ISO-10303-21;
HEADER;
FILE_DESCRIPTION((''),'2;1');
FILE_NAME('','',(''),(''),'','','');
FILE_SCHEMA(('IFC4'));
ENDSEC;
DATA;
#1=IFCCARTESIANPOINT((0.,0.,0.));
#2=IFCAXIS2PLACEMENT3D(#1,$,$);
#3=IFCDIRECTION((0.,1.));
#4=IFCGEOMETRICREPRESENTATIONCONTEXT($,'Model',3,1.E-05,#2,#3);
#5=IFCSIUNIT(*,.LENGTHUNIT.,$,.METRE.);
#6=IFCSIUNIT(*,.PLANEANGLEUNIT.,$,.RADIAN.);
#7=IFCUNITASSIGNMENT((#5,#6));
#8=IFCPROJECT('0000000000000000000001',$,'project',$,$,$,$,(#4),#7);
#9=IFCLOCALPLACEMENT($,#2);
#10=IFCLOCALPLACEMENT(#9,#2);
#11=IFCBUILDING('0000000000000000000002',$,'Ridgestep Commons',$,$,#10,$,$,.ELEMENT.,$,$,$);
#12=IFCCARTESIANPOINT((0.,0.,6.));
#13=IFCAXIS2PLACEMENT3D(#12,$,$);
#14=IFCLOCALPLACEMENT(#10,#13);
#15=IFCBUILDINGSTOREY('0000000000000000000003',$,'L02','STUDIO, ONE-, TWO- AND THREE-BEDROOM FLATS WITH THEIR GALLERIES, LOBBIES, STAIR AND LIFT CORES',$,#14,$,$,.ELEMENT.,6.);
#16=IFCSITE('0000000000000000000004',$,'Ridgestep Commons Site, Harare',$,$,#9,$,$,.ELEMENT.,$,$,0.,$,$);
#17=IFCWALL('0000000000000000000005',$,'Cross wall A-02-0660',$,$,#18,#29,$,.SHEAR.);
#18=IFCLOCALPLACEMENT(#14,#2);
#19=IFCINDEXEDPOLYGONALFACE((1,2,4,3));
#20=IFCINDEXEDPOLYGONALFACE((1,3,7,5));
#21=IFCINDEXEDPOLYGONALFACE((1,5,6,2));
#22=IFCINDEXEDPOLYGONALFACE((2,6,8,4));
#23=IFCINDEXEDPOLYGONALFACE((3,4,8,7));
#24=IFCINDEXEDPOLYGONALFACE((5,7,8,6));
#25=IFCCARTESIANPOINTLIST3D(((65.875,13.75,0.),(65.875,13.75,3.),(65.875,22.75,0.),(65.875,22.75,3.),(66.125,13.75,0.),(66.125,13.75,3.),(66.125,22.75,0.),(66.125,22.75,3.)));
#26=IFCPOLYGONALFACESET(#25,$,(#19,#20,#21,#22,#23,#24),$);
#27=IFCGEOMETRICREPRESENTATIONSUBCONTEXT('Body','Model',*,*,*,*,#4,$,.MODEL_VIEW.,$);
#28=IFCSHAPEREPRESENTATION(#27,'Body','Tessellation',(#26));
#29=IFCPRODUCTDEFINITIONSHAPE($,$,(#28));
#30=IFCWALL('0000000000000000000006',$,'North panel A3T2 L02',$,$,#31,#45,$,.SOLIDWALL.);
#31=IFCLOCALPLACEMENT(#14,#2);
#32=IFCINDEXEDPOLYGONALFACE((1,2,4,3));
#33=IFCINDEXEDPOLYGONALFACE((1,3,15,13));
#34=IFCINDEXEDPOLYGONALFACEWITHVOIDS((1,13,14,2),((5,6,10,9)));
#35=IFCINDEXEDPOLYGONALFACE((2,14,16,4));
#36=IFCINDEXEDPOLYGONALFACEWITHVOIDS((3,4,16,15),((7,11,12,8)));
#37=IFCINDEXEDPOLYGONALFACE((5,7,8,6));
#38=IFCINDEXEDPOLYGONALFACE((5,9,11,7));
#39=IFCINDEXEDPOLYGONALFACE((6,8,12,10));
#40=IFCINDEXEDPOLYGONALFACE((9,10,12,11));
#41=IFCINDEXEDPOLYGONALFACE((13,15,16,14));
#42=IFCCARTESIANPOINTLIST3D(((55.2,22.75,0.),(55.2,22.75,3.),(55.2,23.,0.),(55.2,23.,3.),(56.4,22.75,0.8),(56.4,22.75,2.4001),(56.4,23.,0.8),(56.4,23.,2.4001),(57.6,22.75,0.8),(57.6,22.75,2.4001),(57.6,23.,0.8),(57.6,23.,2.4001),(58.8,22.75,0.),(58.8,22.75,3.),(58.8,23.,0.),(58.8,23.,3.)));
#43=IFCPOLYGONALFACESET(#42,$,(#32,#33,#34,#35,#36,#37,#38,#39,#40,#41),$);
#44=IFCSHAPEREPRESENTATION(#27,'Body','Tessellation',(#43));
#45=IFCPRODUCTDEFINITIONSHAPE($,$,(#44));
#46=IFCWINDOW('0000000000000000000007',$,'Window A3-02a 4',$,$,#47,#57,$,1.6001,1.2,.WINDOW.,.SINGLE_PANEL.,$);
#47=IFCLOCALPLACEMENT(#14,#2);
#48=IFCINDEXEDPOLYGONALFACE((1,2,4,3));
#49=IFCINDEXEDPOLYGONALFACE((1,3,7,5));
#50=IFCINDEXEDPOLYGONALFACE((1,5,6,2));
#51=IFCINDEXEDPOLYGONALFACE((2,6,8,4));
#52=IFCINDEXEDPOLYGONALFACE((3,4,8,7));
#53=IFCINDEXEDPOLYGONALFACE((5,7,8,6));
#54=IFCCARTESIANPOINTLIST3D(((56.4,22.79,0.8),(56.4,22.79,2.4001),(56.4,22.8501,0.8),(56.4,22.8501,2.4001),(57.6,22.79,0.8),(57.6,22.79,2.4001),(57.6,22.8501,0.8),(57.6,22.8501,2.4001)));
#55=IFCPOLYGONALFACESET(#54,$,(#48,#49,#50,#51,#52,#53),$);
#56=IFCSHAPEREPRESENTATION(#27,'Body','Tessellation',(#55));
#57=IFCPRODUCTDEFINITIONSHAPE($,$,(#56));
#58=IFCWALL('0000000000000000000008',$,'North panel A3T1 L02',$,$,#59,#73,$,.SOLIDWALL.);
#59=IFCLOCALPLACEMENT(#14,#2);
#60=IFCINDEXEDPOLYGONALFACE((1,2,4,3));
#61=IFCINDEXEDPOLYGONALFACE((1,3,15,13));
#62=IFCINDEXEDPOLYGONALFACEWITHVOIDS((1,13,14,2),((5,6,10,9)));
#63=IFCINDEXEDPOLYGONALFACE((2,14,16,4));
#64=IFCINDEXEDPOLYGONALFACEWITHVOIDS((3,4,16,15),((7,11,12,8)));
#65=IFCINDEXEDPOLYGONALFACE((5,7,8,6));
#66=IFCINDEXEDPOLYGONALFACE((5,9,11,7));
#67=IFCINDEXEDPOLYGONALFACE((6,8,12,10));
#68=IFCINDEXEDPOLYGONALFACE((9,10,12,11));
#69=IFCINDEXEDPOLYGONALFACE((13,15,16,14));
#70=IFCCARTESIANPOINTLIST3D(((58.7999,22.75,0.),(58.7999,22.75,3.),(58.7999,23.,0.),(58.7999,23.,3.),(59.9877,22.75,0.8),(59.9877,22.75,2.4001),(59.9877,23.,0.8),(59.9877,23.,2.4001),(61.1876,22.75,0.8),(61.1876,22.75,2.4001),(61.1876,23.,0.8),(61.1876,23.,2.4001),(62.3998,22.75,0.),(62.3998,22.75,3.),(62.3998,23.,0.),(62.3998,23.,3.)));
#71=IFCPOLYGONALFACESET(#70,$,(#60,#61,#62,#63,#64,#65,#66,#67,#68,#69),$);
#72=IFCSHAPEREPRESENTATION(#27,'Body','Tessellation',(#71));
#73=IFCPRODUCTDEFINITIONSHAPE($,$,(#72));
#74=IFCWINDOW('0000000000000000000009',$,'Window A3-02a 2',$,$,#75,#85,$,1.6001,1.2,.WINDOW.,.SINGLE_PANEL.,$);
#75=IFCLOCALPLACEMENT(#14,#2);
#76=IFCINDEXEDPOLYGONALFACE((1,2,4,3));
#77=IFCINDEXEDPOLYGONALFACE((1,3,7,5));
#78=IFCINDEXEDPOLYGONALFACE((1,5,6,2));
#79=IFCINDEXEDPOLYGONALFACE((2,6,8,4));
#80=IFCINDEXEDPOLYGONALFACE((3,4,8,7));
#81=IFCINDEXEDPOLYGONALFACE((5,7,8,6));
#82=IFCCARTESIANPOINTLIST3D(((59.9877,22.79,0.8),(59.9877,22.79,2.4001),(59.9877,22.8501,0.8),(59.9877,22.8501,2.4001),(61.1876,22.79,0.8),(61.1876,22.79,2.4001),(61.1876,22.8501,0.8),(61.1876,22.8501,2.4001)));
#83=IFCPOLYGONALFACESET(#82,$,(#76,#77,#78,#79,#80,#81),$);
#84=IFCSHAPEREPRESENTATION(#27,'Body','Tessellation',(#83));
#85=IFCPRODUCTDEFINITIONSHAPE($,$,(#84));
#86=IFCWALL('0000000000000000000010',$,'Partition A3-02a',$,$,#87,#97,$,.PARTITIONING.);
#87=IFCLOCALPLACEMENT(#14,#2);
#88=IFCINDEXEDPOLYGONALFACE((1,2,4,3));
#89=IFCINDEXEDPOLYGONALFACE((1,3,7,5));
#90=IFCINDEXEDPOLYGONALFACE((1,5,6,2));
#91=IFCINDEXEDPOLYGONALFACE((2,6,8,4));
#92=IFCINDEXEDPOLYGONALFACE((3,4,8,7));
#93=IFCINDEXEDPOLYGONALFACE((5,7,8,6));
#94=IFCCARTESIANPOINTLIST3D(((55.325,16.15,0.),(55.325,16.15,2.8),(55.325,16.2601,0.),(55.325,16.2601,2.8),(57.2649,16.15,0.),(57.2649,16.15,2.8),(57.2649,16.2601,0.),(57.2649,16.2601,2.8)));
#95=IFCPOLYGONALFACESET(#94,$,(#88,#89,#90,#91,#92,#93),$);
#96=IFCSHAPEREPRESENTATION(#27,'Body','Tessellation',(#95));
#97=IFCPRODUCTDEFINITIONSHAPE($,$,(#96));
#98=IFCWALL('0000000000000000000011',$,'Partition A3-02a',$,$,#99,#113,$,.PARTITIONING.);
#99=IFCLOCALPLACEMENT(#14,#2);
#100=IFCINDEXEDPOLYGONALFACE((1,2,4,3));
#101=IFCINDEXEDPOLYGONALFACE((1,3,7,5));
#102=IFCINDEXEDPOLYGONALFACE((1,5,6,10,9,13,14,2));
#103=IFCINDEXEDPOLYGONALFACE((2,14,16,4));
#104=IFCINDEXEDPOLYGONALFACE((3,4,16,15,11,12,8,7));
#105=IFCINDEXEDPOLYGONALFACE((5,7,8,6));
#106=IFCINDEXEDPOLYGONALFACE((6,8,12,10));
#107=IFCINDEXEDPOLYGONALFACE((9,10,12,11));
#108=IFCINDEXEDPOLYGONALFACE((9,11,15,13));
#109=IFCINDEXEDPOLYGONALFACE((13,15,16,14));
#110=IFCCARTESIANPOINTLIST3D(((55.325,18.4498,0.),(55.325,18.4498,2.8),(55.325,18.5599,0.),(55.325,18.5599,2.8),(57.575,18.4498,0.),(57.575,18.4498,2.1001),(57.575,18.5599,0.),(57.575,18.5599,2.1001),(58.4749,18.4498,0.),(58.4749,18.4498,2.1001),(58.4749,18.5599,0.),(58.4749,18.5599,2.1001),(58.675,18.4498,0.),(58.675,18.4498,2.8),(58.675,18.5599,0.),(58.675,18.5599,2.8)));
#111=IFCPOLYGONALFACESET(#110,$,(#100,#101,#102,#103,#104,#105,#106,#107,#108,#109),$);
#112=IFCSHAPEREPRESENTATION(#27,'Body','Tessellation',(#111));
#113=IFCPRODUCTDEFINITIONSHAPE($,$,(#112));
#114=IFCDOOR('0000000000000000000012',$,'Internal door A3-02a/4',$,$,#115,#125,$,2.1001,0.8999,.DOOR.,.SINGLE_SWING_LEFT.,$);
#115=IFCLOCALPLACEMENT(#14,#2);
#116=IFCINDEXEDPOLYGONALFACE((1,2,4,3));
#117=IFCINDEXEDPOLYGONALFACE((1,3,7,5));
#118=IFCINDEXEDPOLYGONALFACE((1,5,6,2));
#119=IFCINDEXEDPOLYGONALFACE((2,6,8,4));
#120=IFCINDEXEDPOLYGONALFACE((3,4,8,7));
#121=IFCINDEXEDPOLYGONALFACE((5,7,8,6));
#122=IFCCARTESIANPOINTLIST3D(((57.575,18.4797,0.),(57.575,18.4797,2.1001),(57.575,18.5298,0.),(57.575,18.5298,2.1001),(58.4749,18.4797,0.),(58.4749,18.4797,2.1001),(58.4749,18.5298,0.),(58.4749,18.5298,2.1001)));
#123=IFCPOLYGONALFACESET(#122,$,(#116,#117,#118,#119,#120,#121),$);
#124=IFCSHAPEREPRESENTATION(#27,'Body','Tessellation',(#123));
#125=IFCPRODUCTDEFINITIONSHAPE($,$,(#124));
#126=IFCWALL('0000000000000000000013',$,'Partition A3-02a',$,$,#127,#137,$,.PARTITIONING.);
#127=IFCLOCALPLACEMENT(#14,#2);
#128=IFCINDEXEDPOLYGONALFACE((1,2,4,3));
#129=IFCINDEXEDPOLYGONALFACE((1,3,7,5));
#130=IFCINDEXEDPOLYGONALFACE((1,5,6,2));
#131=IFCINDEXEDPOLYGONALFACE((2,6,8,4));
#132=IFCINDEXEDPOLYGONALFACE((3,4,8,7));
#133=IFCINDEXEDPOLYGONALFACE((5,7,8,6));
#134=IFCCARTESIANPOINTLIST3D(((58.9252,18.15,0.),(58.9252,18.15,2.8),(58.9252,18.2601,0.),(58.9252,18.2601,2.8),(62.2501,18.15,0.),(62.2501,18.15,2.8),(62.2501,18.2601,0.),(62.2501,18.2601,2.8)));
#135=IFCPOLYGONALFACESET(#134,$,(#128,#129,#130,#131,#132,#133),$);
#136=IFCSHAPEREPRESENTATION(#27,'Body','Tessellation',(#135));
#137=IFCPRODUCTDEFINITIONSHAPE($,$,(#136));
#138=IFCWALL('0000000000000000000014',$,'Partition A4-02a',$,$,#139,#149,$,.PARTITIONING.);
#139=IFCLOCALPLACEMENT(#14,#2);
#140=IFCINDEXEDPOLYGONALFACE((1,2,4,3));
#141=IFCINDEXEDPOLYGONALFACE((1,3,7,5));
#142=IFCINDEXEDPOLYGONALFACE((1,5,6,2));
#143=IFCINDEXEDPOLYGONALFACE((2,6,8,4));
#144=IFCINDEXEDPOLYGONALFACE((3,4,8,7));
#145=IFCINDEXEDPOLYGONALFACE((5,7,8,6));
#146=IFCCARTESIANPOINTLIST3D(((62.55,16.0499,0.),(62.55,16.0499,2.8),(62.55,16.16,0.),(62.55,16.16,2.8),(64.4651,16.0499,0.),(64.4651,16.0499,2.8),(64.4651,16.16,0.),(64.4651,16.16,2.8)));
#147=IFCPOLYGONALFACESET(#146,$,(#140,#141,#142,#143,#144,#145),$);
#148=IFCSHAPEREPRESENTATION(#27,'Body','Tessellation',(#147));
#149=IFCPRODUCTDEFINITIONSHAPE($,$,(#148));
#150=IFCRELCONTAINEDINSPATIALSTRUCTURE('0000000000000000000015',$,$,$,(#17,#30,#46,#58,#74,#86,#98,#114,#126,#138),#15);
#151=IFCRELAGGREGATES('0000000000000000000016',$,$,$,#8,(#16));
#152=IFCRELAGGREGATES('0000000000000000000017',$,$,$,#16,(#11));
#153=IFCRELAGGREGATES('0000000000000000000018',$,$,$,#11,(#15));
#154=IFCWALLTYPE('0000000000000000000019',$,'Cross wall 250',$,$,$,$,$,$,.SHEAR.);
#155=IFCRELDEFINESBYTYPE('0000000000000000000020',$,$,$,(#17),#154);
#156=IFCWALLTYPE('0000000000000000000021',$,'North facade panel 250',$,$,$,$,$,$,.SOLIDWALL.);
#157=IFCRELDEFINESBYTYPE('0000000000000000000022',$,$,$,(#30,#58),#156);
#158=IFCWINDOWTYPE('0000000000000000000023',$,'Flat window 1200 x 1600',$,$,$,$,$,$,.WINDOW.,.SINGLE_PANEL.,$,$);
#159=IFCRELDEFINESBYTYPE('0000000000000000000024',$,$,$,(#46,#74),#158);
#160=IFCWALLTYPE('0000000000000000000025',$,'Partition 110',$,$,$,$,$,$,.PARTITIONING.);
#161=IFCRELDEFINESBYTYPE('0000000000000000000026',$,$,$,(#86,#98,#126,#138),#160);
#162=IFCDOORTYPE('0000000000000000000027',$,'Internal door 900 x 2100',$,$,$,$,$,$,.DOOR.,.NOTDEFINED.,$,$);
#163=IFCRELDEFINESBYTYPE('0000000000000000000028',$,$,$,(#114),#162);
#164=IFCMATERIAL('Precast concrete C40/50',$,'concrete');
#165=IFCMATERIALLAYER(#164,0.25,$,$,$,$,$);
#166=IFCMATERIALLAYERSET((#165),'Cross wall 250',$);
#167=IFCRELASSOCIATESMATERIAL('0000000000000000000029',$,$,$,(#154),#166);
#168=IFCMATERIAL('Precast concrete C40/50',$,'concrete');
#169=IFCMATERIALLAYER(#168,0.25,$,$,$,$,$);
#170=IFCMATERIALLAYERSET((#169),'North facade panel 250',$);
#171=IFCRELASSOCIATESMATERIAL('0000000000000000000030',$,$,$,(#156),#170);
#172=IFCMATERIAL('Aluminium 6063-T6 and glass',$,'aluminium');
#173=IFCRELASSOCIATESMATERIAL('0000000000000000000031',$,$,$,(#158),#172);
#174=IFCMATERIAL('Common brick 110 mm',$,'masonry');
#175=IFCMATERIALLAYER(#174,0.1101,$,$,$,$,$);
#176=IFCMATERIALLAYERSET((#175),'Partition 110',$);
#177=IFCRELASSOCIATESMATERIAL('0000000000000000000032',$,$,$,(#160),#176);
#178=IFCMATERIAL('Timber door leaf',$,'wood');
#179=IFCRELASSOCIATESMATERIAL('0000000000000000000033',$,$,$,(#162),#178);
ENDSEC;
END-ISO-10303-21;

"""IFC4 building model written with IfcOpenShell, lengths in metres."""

from ifc_helpers import new_model, si_unit, direction, frame, frame_2d, origin, place, context, subcontext, project, spatial, rectangle, extrude, material, layer, layer_set, type_object, element, fill, save


model = new_model("IFC4")

# Units and contexts
model_context = context("Model", 3, precision=1e-05, world=origin(), true_north=direction((0.0, 1.0)))
body_context = subcontext(model_context, "Body", "Model", "MODEL_VIEW")
ifc_project = project(units=[si_unit("LENGTHUNIT", "METRE"), si_unit("PLANEANGLEUNIT", "RADIAN")], contexts=[model_context])

# Site, building, storey
site_placement = place(None, origin())
site = spatial("IfcSite", under=ifc_project, at=site_placement, Name="Ridgestep Commons Site, Harare", CompositionType="ELEMENT", RefElevation=0.0)
building_placement = place(site_placement, origin())
building = spatial("IfcBuilding", under=site, at=building_placement, Name="Ridgestep Commons", CompositionType="ELEMENT")
storey_placement = place(building_placement, frame((0.0, 0.0, 6.0)))
storey = spatial("IfcBuildingStorey", under=building, at=storey_placement, Name="L02", Description="STUDIO, ONE-, TWO- AND THREE-BEDROOM FLATS WITH THEIR GALLERIES, LOBBIES, STAIR AND LIFT CORES", CompositionType="ELEMENT", Elevation=6.0)

# Wall
ifc_material_1 = material(Name="Precast concrete C40/50", Category="concrete")
ifc_layer_1 = layer(ifc_material_1, 0.25)
ifc_layer_set_1 = layer_set([ifc_layer_1], Name="Cross wall 250")
wall_type_1 = type_object("IfcWallType", Name="Cross wall 250", PredefinedType="SHEAR", material=ifc_layer_set_1)
wall_1_placement = place(storey_placement, frame((66.0, 13.75, 0.0), z_axis=(0.0, 0.0, 1.0), x_axis=(0.0, 1.0, 0.0)))
element("IfcWall", 1, at=wall_1_placement, inside=storey, type_object=wall_type_1, Name="Cross wall A-02-0660", PredefinedType="SHEAR", context=body_context, shape_type="SweptSolid", body=[
    extrude(rectangle(XDim=9.0, YDim=0.25, at=frame_2d((4.5, 0.0))), origin(), (0.0, 0.0, 1.0), 3.0),
])

# Walls, openings, windows
ifc_material_2 = material(Name="Precast concrete C40/50", Category="concrete")
ifc_layer_2 = layer(ifc_material_2, 0.25)
ifc_layer_set_2 = layer_set([ifc_layer_2], Name="North facade panel 250")
wall_type_2 = type_object("IfcWallType", Name="North facade panel 250", PredefinedType="SOLIDWALL", material=ifc_layer_set_2)
wall_2_placement = place(storey_placement, frame((55.2, 22.875, 0.0), z_axis=(0.0, 0.0, 1.0), x_axis=(1.0, 0.0, 0.0)))
wall_2 = element("IfcWall", 2, at=wall_2_placement, inside=storey, type_object=wall_type_2, Name="North panel A3T2 L02", PredefinedType="SOLIDWALL", context=body_context, shape_type="SweptSolid", body=[
    extrude(rectangle(XDim=3.6001, YDim=0.25, at=frame_2d((1.8, 0.0))), origin(), (0.0, 0.0, 1.0), 3.0),
])
opening_1_placement = place(wall_2_placement, frame((1.2, 0.0, 0.8)))
opening_1 = element("IfcOpeningElement", 3, at=opening_1_placement, cuts=wall_2, PredefinedType="OPENING", context=body_context, shape_type="SweptSolid", body=[
    extrude(rectangle(XDim=1.2, YDim=1.6001, at=frame_2d((0.6001, 0.8))), frame((0.0, 0.135, 0.0), z_axis=(0.0, -1.0, 0.0), x_axis=(1.0, 0.0, 0.0)), (0.0, 0.0, 1.0), 0.27),
])
ifc_material_3 = material(Name="Aluminium 6063-T6 and glass", Category="aluminium")
window_type = type_object("IfcWindowType", Name="Flat window 1200 x 1600", PartitioningType="SINGLE_PANEL", PredefinedType="WINDOW", material=ifc_material_3)
window_1_placement = place(opening_1_placement, origin())
window_1 = element("IfcWindow", 4, at=window_1_placement, inside=storey, type_object=window_type, Name="Window A3-02a 4", OverallHeight=1.6001, OverallWidth=1.2, PartitioningType="SINGLE_PANEL", PredefinedType="WINDOW", context=body_context, shape_type="SweptSolid", body=[
    extrude(rectangle(XDim=1.2, YDim=1.6001, at=frame_2d((0.6001, 0.8))), frame((0.0, -0.0249, 0.0), z_axis=(0.0, -1.0, 0.0), x_axis=(1.0, 0.0, 0.0)), (0.0, 0.0, 1.0), 0.0601),
])
fill(opening_1, window_1)
wall_3_placement = place(storey_placement, frame((58.8, 22.875, 0.0), z_axis=(0.0, 0.0, 1.0), x_axis=(1.0, 0.0, 0.0)))
wall_3 = element("IfcWall", 5, at=wall_3_placement, inside=storey, type_object=wall_type_2, Name="North panel A3T1 L02", PredefinedType="SOLIDWALL", context=body_context, shape_type="SweptSolid", body=[
    extrude(rectangle(XDim=3.5999, YDim=0.25, at=frame_2d((1.7998, 0.0))), origin(), (0.0, 0.0, 1.0), 3.0),
])
opening_2_placement = place(wall_3_placement, frame((1.1875, 0.0, 0.8)))
opening_2 = element("IfcOpeningElement", 6, at=opening_2_placement, cuts=wall_3, PredefinedType="OPENING", context=body_context, shape_type="SweptSolid", body=[
    extrude(rectangle(XDim=1.2, YDim=1.6001, at=frame_2d((0.6001, 0.8))), frame((0.0, 0.135, 0.0), z_axis=(0.0, -1.0, 0.0), x_axis=(1.0, 0.0, 0.0)), (0.0, 0.0, 1.0), 0.27),
])
window_2_placement = place(opening_2_placement, origin())
window_2 = element("IfcWindow", 7, at=window_2_placement, inside=storey, type_object=window_type, Name="Window A3-02a 2", OverallHeight=1.6001, OverallWidth=1.2, PartitioningType="SINGLE_PANEL", PredefinedType="WINDOW", context=body_context, shape_type="SweptSolid", body=[
    extrude(rectangle(XDim=1.2, YDim=1.6001, at=frame_2d((0.6001, 0.8))), frame((0.0, -0.0249, 0.0), z_axis=(0.0, -1.0, 0.0), x_axis=(1.0, 0.0, 0.0)), (0.0, 0.0, 1.0), 0.0601),
])
fill(opening_2, window_2)

# Wall
ifc_material_4 = material(Name="Common brick 110 mm", Category="masonry")
ifc_layer_3 = layer(ifc_material_4, 0.1101)
ifc_layer_set_3 = layer_set([ifc_layer_3], Name="Partition 110")
wall_type_3 = type_object("IfcWallType", Name="Partition 110", PredefinedType="PARTITIONING", material=ifc_layer_set_3)
wall_4_placement = place(storey_placement, frame((55.325, 16.2051, 0.0), z_axis=(0.0, 0.0, 1.0), x_axis=(1.0, 0.0, 0.0)))
element("IfcWall", 8, at=wall_4_placement, inside=storey, type_object=wall_type_3, Name="Partition A3-02a", PredefinedType="PARTITIONING", context=body_context, shape_type="SweptSolid", body=[
    extrude(rectangle(XDim=1.9399, YDim=0.1101, at=frame_2d((0.97, 0.0))), origin(), (0.0, 0.0, 1.0), 2.8),
])

# Wall, opening, door
wall_5_placement = place(storey_placement, frame((55.325, 18.5049, 0.0), z_axis=(0.0, 0.0, 1.0), x_axis=(1.0, 0.0, 0.0)))
wall_5 = element("IfcWall", 9, at=wall_5_placement, inside=storey, type_object=wall_type_3, Name="Partition A3-02a", PredefinedType="PARTITIONING", context=body_context, shape_type="SweptSolid", body=[
    extrude(rectangle(XDim=3.3501, YDim=0.1101, at=frame_2d((1.675, 0.0))), origin(), (0.0, 0.0, 1.0), 2.8),
])
opening_3_placement = place(wall_5_placement, frame((2.25, 0.0, 0.0)))
opening_3 = element("IfcOpeningElement", 10, at=opening_3_placement, cuts=wall_5, PredefinedType="OPENING", context=body_context, shape_type="SweptSolid", body=[
    extrude(rectangle(XDim=0.8999, YDim=2.1001, at=frame_2d((0.45, 1.05))), frame((0.0, 0.0649, 0.0), z_axis=(0.0, -1.0, 0.0), x_axis=(1.0, 0.0, 0.0)), (0.0, 0.0, 1.0), 0.1301),
])
ifc_material_5 = material(Name="Timber door leaf", Category="wood")
door_type_1 = type_object("IfcDoorType", Name="Internal door 900 x 2100", OperationType="NOTDEFINED", PredefinedType="DOOR", material=ifc_material_5)
door_1_placement = place(opening_3_placement, origin())
door_1 = element("IfcDoor", 11, at=door_1_placement, inside=storey, type_object=door_type_1, Name="Internal door A3-02a/4", OperationType="SINGLE_SWING_LEFT", OverallHeight=2.1001, OverallWidth=0.8999, PredefinedType="DOOR", context=body_context, shape_type="SweptSolid", body=[
    extrude(rectangle(XDim=0.8999, YDim=2.1001, at=frame_2d((0.45, 1.05))), frame((0.0, 0.0249, 0.0), z_axis=(0.0, -1.0, 0.0), x_axis=(1.0, 0.0, 0.0)), (0.0, 0.0, 1.0), 0.05),
])
fill(opening_3, door_1)

# Walls
wall_6_placement = place(storey_placement, frame((58.925, 18.2051, 0.0), z_axis=(0.0, 0.0, 1.0), x_axis=(1.0, 0.0, 0.0)))
element("IfcWall", 12, at=wall_6_placement, inside=storey, type_object=wall_type_3, Name="Partition A3-02a", PredefinedType="PARTITIONING", context=body_context, shape_type="SweptSolid", body=[
    extrude(rectangle(XDim=3.325, YDim=0.1101, at=frame_2d((1.6626, 0.0))), origin(), (0.0, 0.0, 1.0), 2.8),
])
wall_7_placement = place(storey_placement, frame((62.55, 16.105, 0.0), z_axis=(0.0, 0.0, 1.0), x_axis=(1.0, 0.0, 0.0)))
element("IfcWall", 13, at=wall_7_placement, inside=storey, type_object=wall_type_3, Name="Partition A4-02a", PredefinedType="PARTITIONING", context=body_context, shape_type="SweptSolid", body=[
    extrude(rectangle(XDim=1.915, YDim=0.1101, at=frame_2d((0.9575, 0.0))), origin(), (0.0, 0.0, 1.0), 2.8),
])

save(model, "model.ifc")
